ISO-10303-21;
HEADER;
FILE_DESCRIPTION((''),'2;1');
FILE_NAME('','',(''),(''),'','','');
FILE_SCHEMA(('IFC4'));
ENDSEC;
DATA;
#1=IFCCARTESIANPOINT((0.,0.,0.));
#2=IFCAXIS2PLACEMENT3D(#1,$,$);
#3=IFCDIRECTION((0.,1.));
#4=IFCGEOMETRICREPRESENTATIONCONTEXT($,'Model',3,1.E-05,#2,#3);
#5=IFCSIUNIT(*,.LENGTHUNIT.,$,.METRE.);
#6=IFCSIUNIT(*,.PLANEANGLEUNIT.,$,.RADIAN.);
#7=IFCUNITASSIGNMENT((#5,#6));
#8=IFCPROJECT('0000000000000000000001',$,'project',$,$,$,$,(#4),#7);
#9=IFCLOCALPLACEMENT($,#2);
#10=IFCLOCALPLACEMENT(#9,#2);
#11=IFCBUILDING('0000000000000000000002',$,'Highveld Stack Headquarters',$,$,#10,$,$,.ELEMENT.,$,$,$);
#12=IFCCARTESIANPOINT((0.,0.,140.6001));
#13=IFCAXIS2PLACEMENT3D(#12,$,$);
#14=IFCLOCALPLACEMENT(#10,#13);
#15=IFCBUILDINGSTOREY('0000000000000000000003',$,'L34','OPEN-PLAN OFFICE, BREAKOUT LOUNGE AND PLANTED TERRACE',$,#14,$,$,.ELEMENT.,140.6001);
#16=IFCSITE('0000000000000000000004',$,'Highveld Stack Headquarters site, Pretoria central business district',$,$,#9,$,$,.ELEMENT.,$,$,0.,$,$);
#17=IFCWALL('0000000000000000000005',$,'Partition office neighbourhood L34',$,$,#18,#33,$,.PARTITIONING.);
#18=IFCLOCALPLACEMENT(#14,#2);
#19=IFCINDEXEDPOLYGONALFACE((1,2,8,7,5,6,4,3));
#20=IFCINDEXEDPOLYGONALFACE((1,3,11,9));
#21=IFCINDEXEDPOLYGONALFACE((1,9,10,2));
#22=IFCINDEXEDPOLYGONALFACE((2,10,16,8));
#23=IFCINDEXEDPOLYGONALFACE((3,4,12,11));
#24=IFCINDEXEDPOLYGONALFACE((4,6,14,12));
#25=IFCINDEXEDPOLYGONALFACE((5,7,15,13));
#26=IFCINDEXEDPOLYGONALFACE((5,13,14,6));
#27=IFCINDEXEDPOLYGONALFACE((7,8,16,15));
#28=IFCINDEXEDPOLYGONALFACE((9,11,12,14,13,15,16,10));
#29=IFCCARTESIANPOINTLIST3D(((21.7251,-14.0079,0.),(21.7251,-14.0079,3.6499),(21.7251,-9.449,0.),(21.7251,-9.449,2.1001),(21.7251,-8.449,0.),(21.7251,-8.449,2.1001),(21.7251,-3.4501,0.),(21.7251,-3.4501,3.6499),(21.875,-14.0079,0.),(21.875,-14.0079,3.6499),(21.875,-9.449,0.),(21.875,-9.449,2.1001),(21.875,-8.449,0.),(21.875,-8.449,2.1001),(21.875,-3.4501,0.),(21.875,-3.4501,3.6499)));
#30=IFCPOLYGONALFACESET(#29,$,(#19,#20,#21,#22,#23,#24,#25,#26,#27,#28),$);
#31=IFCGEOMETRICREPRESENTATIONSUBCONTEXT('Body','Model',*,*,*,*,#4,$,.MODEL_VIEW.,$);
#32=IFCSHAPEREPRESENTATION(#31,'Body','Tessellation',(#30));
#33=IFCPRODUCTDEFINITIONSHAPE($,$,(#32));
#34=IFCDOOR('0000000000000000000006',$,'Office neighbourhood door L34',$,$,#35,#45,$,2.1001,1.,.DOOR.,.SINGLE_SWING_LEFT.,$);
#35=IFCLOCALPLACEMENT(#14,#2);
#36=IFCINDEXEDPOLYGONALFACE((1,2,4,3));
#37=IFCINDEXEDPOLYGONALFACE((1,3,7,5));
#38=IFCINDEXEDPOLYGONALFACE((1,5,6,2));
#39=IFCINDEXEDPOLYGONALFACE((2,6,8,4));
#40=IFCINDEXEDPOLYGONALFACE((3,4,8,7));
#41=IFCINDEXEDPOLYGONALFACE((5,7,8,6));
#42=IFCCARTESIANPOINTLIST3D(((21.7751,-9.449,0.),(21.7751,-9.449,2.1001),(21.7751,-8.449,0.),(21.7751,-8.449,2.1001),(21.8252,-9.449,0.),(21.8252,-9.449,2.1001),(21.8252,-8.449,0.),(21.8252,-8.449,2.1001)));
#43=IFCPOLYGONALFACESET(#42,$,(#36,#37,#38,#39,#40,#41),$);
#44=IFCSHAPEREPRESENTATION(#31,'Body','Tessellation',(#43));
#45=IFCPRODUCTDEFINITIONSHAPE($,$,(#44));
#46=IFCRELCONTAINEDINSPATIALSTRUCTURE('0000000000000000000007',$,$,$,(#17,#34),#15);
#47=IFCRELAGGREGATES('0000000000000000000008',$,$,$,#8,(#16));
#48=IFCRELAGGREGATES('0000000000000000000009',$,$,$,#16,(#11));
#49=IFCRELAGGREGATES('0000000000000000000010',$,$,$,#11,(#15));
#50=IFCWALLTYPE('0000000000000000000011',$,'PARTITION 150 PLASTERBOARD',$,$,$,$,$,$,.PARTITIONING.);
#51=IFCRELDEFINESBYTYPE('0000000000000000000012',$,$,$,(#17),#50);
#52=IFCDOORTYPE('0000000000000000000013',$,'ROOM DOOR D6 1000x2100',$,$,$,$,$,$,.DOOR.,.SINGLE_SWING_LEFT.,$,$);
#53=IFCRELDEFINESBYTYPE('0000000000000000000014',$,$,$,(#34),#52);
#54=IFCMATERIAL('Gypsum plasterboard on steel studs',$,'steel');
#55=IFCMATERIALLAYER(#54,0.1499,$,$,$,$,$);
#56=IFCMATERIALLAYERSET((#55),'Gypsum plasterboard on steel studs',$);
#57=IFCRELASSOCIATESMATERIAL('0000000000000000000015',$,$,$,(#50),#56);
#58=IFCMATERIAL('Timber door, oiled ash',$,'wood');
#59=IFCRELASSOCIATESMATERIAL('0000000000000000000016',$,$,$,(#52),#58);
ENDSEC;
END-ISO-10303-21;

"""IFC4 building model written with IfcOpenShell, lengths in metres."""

from ifc_helpers import new_model, si_unit, direction, frame, frame_2d, origin, place, context, subcontext, project, spatial, rectangle, extrude, material, layer, layer_set, type_object, element, fill, save


model = new_model("IFC4")

# Units and contexts
model_context = context("Model", 3, precision=1e-05, world=origin(), true_north=direction((0.0, 1.0)))
body_context = subcontext(model_context, "Body", "Model", "MODEL_VIEW")
ifc_project = project(units=[si_unit("LENGTHUNIT", "METRE"), si_unit("PLANEANGLEUNIT", "RADIAN")], contexts=[model_context])

# Site, building, storey
site_placement = place(None, origin())
site = spatial("IfcSite", under=ifc_project, at=site_placement, Name="Highveld Stack Headquarters site, Pretoria central business district", CompositionType="ELEMENT", RefElevation=0.0)
building_placement = place(site_placement, origin())
building = spatial("IfcBuilding", under=site, at=building_placement, Name="Highveld Stack Headquarters", CompositionType="ELEMENT")
storey_placement = place(building_placement, frame((0.0, 0.0, 140.6001)))
storey = spatial("IfcBuildingStorey", under=building, at=storey_placement, Name="L34", Description="OPEN-PLAN OFFICE, BREAKOUT LOUNGE AND PLANTED TERRACE", CompositionType="ELEMENT", Elevation=140.6001)

# Shared definitions
ifc_material_1 = material(Name="Gypsum plasterboard on steel studs", Category="steel")
ifc_layer_1 = layer(ifc_material_1, 0.1499)
ifc_layer_set_1 = layer_set([ifc_layer_1], Name="Gypsum plasterboard on steel studs")
wall_type = type_object("IfcWallType", Name="PARTITION 150 PLASTERBOARD", PredefinedType="PARTITIONING", material=ifc_layer_set_1)

# Wall, opening, door
wall_1_placement = place(storey_placement, frame((21.8, -14.0078, 0.0), z_axis=(0.0, 0.0, 1.0), x_axis=(0.0, 1.0, 0.0)))
wall_1 = element("IfcWall", 1, at=wall_1_placement, inside=storey, type_object=wall_type, Name="Partition office neighbourhood L34", PredefinedType="PARTITIONING", context=body_context, shape_type="SweptSolid", body=[
    extrude(rectangle(XDim=10.5579, YDim=0.1499, at=frame_2d((5.2788, 0.0))), origin(), (0.0, 0.0, 1.0), 3.6499),
])
opening_placement = place(wall_1_placement, frame((4.5588, 0.0, 0.0)))
opening = element("IfcOpeningElement", 2, at=opening_placement, cuts=wall_1, PredefinedType="OPENING", context=body_context, shape_type="SweptSolid", body=[
    extrude(rectangle(XDim=1.0, YDim=2.1001, at=frame_2d((0.5, 1.05))), frame((0.0, 0.085, 0.0), z_axis=(0.0, -1.0, 0.0), x_axis=(1.0, 0.0, 0.0)), (0.0, 0.0, 1.0), 0.1699),
])
ifc_material_2 = material(Name="Timber door, oiled ash", Category="wood")
door_type = type_object("IfcDoorType", Name="ROOM DOOR D6 1000x2100", OperationType="SINGLE_SWING_LEFT", PredefinedType="DOOR", material=ifc_material_2)
door_placement = place(opening_placement, origin())
door = element("IfcDoor", 3, at=door_placement, inside=storey, type_object=door_type, Name="Office neighbourhood door L34", OperationType="SINGLE_SWING_LEFT", OverallHeight=2.1001, OverallWidth=1.0, PredefinedType="DOOR", context=body_context, shape_type="SweptSolid", body=[
    extrude(rectangle(XDim=1.0, YDim=2.1001, at=frame_2d((0.5, 1.05))), frame((0.0, 0.0249, 0.0), z_axis=(0.0, -1.0, 0.0), x_axis=(1.0, 0.0, 0.0)), (0.0, 0.0, 1.0), 0.05),
])
fill(opening, door)

save(model, "model.ifc")
